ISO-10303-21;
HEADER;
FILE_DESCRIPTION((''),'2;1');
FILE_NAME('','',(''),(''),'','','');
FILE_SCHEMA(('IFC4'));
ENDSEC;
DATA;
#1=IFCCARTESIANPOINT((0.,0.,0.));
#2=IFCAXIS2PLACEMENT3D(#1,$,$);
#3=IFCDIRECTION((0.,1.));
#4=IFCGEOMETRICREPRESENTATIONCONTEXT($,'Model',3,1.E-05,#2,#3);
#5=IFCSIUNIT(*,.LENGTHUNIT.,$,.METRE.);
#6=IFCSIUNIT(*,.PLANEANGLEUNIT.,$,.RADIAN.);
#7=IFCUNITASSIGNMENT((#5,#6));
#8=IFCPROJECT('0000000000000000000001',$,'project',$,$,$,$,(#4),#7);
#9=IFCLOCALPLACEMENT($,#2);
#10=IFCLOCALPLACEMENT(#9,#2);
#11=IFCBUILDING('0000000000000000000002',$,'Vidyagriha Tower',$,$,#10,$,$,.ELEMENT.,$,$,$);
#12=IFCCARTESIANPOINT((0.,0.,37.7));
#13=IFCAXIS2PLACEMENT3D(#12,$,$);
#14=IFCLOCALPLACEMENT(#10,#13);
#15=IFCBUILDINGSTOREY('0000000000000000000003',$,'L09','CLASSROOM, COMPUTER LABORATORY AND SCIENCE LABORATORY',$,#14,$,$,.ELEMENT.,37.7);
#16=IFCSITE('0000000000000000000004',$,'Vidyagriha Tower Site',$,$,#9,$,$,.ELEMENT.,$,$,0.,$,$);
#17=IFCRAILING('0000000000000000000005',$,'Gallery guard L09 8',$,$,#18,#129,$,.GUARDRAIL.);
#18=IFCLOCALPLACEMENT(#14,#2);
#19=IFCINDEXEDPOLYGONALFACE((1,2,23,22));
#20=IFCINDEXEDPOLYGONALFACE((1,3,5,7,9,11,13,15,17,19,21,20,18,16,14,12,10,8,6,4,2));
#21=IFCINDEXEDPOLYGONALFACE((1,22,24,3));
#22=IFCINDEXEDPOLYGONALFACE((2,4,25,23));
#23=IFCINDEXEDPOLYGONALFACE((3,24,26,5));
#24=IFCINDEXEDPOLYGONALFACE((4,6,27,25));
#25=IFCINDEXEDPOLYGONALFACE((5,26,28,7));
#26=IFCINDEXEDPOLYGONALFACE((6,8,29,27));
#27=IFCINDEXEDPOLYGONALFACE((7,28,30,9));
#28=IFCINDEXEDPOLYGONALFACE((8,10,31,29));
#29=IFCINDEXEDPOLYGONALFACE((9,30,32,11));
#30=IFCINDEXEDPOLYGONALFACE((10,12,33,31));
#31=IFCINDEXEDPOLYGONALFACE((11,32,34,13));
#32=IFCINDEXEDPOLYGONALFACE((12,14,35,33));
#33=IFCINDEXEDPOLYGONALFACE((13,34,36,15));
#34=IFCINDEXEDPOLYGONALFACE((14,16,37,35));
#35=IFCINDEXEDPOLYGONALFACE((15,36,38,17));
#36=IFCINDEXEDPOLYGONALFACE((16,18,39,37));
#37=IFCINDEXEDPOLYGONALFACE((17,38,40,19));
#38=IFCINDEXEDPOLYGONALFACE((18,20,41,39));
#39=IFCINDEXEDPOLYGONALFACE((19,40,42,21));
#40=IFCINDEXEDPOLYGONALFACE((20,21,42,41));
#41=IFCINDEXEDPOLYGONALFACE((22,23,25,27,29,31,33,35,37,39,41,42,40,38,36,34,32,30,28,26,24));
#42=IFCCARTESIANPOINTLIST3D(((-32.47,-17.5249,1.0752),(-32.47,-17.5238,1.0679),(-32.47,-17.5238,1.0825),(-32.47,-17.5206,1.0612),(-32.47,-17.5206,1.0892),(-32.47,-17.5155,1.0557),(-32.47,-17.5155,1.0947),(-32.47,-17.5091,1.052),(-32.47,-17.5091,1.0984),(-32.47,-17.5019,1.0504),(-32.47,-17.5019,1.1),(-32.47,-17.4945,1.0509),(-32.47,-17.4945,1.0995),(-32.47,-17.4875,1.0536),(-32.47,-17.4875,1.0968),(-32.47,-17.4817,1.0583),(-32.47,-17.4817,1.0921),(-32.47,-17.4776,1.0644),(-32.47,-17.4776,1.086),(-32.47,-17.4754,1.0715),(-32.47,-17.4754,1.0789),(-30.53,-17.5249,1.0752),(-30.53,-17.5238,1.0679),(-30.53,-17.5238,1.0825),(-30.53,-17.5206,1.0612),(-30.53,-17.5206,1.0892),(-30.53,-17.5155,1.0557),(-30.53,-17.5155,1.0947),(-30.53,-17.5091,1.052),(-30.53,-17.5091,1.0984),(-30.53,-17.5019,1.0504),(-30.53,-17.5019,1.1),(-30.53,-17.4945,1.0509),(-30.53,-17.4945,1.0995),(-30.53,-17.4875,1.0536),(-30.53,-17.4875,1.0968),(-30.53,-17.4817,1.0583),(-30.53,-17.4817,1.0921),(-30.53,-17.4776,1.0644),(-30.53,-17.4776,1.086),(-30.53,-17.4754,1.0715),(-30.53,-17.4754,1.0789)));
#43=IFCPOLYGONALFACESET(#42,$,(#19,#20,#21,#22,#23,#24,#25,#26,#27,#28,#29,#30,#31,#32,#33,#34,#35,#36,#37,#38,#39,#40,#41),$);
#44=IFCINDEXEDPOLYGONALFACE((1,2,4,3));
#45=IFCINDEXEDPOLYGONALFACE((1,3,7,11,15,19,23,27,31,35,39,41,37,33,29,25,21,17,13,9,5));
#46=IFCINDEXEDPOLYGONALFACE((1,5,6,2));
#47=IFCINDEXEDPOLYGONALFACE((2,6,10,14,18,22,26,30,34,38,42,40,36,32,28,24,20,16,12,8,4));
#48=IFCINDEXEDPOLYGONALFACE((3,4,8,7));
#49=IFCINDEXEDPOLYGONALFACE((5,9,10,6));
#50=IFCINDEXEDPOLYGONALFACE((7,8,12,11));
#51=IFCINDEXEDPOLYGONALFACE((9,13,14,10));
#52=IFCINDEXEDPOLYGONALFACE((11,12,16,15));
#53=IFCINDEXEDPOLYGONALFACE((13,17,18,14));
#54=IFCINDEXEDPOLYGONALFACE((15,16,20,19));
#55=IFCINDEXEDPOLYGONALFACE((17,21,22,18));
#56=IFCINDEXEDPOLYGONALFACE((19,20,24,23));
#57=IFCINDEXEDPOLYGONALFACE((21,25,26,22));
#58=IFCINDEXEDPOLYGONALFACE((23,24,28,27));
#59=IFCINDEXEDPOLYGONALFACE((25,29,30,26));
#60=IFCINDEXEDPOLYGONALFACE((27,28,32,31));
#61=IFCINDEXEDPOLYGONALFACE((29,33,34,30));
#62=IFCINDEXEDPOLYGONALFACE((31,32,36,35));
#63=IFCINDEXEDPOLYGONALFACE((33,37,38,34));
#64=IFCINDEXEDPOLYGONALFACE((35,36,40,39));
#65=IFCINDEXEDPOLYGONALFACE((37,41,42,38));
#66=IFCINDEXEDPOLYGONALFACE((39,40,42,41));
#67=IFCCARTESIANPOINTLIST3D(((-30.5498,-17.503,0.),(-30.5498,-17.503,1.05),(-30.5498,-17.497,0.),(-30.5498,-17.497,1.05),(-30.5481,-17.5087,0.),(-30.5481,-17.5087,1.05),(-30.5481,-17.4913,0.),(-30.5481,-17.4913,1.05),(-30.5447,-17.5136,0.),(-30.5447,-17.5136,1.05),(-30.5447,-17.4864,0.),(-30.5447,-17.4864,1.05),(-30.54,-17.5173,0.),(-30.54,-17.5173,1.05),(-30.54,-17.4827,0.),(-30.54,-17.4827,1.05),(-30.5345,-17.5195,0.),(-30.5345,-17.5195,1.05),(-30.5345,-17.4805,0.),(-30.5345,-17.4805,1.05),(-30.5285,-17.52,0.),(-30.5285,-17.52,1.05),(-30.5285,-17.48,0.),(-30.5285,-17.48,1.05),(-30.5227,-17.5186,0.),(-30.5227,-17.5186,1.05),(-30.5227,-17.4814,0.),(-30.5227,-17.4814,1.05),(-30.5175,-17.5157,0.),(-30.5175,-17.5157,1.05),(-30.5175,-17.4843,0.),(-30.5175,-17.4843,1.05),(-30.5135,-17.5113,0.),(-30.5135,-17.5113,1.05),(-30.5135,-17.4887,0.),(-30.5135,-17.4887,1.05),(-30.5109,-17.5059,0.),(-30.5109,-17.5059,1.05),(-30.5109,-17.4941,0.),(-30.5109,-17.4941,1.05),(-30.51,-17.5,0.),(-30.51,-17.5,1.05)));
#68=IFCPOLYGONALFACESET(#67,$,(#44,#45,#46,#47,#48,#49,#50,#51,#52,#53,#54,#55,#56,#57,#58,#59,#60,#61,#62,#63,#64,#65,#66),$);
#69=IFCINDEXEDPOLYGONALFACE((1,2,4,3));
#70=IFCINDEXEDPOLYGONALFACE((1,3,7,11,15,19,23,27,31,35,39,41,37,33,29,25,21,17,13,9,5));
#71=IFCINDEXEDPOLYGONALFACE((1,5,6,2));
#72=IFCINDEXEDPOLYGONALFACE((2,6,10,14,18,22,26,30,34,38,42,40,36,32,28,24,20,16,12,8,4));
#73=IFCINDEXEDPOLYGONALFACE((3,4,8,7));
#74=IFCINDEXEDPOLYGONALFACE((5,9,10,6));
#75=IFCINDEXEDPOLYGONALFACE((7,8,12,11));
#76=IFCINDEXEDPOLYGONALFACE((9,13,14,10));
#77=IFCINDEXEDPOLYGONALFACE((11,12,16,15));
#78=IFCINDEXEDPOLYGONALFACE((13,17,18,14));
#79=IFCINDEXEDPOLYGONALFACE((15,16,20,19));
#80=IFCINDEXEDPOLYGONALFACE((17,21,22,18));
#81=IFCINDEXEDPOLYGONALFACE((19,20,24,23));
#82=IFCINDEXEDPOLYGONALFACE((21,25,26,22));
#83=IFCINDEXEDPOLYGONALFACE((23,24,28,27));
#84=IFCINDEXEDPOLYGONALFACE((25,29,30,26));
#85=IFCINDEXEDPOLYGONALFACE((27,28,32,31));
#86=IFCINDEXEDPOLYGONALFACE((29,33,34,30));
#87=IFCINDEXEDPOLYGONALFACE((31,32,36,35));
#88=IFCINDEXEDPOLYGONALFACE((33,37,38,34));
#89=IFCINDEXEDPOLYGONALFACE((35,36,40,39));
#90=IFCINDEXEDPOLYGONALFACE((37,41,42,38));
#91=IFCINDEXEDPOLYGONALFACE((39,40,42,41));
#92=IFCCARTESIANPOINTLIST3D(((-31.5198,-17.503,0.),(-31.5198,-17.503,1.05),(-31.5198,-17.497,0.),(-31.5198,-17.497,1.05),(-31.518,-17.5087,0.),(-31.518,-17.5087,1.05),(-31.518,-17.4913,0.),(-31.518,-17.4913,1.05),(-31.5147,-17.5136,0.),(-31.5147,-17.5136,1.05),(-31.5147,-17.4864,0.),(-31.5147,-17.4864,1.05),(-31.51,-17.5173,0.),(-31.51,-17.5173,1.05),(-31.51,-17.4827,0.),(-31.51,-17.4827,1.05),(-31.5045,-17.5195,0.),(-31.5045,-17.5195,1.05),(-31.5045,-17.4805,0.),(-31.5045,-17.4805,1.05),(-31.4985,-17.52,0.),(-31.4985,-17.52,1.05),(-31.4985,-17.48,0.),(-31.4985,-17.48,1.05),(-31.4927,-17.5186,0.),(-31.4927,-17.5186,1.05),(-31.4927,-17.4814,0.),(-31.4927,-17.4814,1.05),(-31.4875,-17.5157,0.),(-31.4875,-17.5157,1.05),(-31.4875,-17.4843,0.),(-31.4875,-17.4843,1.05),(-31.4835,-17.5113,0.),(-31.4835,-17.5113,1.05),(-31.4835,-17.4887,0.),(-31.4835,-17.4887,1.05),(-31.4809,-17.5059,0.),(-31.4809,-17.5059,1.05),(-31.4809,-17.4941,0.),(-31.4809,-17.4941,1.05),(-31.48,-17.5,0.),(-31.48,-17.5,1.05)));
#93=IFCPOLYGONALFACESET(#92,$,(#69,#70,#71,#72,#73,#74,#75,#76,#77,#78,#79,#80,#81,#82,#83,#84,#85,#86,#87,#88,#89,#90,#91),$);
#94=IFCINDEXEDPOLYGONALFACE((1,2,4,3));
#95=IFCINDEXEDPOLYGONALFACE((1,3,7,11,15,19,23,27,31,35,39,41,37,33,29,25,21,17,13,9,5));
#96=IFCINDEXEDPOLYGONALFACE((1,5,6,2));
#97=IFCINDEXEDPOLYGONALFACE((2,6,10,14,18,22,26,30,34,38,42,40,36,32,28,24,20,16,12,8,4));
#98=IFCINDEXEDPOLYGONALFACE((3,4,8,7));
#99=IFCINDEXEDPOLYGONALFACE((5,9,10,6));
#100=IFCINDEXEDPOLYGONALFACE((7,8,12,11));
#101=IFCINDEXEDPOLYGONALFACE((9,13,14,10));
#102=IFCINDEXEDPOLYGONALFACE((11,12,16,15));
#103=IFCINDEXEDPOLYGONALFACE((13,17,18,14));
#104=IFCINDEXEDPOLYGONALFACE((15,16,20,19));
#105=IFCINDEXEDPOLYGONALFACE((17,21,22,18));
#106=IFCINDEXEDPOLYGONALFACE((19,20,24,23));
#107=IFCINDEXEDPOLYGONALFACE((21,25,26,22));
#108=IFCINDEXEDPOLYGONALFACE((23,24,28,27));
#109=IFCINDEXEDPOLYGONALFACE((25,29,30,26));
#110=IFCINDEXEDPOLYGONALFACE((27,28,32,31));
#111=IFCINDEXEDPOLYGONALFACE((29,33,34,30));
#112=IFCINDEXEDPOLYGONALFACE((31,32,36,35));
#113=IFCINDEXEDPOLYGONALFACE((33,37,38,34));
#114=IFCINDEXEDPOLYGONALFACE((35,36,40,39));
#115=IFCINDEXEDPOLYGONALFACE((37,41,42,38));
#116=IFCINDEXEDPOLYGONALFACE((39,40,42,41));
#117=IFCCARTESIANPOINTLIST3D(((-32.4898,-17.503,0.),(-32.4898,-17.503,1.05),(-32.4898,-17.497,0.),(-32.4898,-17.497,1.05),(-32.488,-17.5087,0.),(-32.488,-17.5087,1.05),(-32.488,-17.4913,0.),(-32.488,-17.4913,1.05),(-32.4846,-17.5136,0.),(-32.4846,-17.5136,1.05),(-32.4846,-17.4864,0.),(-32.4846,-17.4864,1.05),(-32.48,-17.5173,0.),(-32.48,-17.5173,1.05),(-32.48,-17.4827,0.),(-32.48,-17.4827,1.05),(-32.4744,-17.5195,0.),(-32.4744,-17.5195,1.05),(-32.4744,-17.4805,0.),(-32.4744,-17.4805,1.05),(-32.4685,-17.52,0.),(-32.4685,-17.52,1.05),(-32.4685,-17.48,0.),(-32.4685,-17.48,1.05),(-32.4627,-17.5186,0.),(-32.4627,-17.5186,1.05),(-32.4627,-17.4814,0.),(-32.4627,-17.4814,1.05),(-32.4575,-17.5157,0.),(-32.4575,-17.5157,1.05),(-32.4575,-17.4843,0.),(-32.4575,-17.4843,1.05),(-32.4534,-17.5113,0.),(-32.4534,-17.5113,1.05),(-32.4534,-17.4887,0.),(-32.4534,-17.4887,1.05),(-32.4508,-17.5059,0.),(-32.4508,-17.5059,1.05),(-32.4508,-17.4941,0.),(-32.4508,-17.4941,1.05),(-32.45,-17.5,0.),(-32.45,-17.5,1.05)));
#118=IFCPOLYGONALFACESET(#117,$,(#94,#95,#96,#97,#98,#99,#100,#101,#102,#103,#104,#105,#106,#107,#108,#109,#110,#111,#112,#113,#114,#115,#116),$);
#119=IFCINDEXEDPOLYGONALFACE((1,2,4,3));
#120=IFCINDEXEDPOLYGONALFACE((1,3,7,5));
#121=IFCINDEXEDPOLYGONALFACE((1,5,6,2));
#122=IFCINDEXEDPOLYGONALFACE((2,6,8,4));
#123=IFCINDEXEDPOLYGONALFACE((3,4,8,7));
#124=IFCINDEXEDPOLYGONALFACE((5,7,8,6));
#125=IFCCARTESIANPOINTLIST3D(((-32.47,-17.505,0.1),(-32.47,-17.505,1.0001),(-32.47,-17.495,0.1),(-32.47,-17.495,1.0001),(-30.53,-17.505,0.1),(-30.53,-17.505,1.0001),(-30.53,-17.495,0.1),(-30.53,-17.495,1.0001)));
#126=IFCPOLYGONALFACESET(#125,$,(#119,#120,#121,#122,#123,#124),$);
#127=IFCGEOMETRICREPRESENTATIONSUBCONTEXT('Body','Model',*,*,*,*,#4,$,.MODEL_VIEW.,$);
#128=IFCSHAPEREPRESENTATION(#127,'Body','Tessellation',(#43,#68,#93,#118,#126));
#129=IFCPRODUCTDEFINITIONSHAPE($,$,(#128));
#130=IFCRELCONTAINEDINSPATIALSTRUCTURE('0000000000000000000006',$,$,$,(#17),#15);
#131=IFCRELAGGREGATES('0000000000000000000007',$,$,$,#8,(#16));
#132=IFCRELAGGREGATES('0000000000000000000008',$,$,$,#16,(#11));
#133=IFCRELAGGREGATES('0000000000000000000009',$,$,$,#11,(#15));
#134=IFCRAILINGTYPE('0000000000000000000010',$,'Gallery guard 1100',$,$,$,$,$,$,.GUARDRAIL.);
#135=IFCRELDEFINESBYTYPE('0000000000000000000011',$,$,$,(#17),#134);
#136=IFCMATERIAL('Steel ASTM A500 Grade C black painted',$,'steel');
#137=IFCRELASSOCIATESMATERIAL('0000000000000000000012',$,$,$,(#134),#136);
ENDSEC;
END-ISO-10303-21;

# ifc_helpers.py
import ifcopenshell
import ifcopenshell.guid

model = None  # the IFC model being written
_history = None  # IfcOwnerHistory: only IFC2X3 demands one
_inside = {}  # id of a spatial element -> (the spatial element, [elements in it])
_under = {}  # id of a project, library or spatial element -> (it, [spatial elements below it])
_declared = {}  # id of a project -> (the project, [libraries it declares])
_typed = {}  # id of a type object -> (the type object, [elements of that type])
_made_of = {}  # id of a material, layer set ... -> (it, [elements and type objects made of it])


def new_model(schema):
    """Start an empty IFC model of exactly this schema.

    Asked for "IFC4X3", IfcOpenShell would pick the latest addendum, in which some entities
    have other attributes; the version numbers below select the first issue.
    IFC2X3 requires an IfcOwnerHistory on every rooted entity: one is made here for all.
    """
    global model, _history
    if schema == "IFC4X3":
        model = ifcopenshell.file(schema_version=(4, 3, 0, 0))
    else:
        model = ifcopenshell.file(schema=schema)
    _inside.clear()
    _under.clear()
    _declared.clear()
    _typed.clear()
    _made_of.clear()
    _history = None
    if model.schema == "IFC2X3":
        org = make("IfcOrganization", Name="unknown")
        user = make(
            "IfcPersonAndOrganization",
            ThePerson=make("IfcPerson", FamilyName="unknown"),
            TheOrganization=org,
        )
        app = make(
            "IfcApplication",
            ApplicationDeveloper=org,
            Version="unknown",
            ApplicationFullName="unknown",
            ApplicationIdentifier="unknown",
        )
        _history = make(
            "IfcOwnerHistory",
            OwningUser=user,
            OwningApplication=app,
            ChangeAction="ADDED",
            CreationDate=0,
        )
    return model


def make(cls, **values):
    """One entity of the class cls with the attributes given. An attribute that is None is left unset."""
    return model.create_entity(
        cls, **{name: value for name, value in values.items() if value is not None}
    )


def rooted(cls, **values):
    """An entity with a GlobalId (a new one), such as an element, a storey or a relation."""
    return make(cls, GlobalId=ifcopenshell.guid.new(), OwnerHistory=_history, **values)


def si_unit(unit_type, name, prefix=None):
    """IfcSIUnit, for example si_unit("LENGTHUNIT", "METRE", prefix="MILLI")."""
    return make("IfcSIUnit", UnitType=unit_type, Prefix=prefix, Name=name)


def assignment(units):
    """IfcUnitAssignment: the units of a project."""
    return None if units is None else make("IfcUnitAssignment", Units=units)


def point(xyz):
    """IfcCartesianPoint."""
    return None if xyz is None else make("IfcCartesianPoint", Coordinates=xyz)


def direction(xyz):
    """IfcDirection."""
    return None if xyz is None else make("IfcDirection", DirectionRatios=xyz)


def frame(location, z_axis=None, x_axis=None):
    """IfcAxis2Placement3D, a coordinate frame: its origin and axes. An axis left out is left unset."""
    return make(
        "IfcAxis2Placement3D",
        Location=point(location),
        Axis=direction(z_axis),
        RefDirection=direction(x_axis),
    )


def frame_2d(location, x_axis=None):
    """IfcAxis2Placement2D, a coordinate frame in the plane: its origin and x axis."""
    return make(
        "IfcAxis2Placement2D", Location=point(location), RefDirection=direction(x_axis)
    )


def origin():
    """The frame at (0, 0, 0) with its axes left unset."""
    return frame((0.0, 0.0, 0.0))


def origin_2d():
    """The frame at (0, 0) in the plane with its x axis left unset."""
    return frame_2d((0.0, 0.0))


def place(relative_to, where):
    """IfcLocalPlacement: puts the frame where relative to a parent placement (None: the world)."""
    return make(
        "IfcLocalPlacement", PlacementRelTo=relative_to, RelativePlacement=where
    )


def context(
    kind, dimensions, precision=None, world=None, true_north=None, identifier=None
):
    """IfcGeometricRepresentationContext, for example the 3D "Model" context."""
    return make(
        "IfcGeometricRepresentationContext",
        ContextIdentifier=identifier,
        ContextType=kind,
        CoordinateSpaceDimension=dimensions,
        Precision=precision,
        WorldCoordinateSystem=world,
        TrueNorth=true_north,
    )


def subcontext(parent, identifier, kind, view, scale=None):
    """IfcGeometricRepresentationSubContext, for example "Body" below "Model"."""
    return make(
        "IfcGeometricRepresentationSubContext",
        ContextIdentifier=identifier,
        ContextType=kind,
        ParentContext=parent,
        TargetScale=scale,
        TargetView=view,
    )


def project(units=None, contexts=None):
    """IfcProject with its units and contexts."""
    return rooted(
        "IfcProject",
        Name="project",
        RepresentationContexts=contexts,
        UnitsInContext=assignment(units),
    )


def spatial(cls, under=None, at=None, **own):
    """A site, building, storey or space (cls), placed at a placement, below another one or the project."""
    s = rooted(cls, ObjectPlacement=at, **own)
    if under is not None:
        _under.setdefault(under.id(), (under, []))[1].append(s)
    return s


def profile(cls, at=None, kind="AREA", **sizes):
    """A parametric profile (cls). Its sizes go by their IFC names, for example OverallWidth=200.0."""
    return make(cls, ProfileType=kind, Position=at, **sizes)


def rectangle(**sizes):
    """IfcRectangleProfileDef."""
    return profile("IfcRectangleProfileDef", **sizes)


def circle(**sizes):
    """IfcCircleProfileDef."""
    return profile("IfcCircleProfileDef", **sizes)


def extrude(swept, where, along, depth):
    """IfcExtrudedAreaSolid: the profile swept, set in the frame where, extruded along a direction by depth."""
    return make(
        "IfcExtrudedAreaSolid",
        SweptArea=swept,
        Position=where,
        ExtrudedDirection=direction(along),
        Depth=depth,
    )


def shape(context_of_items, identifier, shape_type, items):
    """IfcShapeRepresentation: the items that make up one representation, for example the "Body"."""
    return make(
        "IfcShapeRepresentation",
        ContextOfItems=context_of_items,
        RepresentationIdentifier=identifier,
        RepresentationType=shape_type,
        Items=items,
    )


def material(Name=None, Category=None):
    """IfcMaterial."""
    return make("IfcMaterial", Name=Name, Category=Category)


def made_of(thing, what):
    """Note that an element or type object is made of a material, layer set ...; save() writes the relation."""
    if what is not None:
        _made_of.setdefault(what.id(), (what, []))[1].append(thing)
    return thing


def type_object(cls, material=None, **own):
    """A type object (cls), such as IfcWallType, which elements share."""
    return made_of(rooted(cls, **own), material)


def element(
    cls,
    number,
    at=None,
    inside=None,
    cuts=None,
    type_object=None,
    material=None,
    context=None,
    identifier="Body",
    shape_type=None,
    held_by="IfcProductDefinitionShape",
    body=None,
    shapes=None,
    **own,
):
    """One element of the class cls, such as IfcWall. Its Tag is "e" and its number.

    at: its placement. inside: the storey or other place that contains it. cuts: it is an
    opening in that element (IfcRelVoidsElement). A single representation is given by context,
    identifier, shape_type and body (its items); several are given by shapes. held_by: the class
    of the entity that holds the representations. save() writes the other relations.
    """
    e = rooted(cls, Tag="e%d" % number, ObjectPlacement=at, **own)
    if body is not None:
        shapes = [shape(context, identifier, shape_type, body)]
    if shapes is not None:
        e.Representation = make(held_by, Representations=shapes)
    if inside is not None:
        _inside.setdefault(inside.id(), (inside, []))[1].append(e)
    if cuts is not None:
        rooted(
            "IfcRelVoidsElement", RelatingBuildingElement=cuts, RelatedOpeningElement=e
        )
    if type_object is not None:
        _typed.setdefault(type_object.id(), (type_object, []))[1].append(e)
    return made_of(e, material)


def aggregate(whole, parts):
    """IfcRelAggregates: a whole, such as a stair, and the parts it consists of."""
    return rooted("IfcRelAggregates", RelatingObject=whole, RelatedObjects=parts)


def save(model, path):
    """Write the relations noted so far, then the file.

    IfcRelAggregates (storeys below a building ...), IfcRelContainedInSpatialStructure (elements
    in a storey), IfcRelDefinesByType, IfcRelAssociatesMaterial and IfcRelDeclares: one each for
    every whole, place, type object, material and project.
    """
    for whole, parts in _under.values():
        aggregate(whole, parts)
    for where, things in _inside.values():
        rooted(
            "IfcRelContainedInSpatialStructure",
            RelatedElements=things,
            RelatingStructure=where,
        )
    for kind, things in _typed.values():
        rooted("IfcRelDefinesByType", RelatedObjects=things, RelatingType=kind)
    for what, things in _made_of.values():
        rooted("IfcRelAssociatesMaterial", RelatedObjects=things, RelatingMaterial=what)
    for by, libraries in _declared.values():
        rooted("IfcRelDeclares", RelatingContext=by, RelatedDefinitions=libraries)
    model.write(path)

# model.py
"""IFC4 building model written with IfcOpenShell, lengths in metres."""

from ifc_helpers import new_model, si_unit, direction, frame, origin, origin_2d, place, context, subcontext, project, spatial, rectangle, circle, extrude, material, type_object, element, save


model = new_model("IFC4")

# Units and contexts
model_context = context("Model", 3, precision=1e-05, world=origin(), true_north=direction((0.0, 1.0)))
body_context = subcontext(model_context, "Body", "Model", "MODEL_VIEW")
ifc_project = project(units=[si_unit("LENGTHUNIT", "METRE"), si_unit("PLANEANGLEUNIT", "RADIAN")], contexts=[model_context])

# Site, building, storey
site_placement = place(None, origin())
site = spatial("IfcSite", under=ifc_project, at=site_placement, Name="Vidyagriha Tower Site", CompositionType="ELEMENT", RefElevation=0.0)
building_placement = place(site_placement, origin())
building = spatial("IfcBuilding", under=site, at=building_placement, Name="Vidyagriha Tower", CompositionType="ELEMENT")
storey_placement = place(building_placement, frame((0.0, 0.0, 37.7)))
storey = spatial("IfcBuildingStorey", under=building, at=storey_placement, Name="L09", Description="CLASSROOM, COMPUTER LABORATORY AND SCIENCE LABORATORY", CompositionType="ELEMENT", Elevation=37.7)

# Railing
ifc_material_1 = material(Name="Steel ASTM A500 Grade C black painted", Category="steel")
railing_type = type_object("IfcRailingType", Name="Gallery guard 1100", PredefinedType="GUARDRAIL", material=ifc_material_1)
railing_1_placement = place(storey_placement, frame((-30.53, -17.5, 0.0)))
element("IfcRailing", 1, at=railing_1_placement, inside=storey, type_object=railing_type, Name="Gallery guard L09 8", PredefinedType="GUARDRAIL", context=body_context, shape_type="SweptSolid", body=[
    extrude(circle(Radius=0.0249, at=origin_2d()), frame((0.0, 0.0, 1.0752), z_axis=(-1.0, 0.0, 0.0), x_axis=(0.0, -1.0, 0.0)), (0.0, 0.0, 1.0), 1.9399),
    extrude(circle(Radius=0.02, at=origin_2d()), origin(), (0.0, 0.0, 1.0), 1.05),
    extrude(circle(Radius=0.02, at=origin_2d()), frame((-0.97, 0.0, 0.0)), (0.0, 0.0, 1.0), 1.05),
    extrude(circle(Radius=0.02, at=origin_2d()), frame((-1.9399, 0.0, 0.0)), (0.0, 0.0, 1.0), 1.05),
    extrude(rectangle(XDim=0.01, YDim=0.9001, at=origin_2d()), frame((0.0, 0.0, 0.55), z_axis=(-1.0, 0.0, 0.0), x_axis=(0.0, -1.0, 0.0)), (0.0, 0.0, 1.0), 1.9399),
])

save(model, "model.ifc")
